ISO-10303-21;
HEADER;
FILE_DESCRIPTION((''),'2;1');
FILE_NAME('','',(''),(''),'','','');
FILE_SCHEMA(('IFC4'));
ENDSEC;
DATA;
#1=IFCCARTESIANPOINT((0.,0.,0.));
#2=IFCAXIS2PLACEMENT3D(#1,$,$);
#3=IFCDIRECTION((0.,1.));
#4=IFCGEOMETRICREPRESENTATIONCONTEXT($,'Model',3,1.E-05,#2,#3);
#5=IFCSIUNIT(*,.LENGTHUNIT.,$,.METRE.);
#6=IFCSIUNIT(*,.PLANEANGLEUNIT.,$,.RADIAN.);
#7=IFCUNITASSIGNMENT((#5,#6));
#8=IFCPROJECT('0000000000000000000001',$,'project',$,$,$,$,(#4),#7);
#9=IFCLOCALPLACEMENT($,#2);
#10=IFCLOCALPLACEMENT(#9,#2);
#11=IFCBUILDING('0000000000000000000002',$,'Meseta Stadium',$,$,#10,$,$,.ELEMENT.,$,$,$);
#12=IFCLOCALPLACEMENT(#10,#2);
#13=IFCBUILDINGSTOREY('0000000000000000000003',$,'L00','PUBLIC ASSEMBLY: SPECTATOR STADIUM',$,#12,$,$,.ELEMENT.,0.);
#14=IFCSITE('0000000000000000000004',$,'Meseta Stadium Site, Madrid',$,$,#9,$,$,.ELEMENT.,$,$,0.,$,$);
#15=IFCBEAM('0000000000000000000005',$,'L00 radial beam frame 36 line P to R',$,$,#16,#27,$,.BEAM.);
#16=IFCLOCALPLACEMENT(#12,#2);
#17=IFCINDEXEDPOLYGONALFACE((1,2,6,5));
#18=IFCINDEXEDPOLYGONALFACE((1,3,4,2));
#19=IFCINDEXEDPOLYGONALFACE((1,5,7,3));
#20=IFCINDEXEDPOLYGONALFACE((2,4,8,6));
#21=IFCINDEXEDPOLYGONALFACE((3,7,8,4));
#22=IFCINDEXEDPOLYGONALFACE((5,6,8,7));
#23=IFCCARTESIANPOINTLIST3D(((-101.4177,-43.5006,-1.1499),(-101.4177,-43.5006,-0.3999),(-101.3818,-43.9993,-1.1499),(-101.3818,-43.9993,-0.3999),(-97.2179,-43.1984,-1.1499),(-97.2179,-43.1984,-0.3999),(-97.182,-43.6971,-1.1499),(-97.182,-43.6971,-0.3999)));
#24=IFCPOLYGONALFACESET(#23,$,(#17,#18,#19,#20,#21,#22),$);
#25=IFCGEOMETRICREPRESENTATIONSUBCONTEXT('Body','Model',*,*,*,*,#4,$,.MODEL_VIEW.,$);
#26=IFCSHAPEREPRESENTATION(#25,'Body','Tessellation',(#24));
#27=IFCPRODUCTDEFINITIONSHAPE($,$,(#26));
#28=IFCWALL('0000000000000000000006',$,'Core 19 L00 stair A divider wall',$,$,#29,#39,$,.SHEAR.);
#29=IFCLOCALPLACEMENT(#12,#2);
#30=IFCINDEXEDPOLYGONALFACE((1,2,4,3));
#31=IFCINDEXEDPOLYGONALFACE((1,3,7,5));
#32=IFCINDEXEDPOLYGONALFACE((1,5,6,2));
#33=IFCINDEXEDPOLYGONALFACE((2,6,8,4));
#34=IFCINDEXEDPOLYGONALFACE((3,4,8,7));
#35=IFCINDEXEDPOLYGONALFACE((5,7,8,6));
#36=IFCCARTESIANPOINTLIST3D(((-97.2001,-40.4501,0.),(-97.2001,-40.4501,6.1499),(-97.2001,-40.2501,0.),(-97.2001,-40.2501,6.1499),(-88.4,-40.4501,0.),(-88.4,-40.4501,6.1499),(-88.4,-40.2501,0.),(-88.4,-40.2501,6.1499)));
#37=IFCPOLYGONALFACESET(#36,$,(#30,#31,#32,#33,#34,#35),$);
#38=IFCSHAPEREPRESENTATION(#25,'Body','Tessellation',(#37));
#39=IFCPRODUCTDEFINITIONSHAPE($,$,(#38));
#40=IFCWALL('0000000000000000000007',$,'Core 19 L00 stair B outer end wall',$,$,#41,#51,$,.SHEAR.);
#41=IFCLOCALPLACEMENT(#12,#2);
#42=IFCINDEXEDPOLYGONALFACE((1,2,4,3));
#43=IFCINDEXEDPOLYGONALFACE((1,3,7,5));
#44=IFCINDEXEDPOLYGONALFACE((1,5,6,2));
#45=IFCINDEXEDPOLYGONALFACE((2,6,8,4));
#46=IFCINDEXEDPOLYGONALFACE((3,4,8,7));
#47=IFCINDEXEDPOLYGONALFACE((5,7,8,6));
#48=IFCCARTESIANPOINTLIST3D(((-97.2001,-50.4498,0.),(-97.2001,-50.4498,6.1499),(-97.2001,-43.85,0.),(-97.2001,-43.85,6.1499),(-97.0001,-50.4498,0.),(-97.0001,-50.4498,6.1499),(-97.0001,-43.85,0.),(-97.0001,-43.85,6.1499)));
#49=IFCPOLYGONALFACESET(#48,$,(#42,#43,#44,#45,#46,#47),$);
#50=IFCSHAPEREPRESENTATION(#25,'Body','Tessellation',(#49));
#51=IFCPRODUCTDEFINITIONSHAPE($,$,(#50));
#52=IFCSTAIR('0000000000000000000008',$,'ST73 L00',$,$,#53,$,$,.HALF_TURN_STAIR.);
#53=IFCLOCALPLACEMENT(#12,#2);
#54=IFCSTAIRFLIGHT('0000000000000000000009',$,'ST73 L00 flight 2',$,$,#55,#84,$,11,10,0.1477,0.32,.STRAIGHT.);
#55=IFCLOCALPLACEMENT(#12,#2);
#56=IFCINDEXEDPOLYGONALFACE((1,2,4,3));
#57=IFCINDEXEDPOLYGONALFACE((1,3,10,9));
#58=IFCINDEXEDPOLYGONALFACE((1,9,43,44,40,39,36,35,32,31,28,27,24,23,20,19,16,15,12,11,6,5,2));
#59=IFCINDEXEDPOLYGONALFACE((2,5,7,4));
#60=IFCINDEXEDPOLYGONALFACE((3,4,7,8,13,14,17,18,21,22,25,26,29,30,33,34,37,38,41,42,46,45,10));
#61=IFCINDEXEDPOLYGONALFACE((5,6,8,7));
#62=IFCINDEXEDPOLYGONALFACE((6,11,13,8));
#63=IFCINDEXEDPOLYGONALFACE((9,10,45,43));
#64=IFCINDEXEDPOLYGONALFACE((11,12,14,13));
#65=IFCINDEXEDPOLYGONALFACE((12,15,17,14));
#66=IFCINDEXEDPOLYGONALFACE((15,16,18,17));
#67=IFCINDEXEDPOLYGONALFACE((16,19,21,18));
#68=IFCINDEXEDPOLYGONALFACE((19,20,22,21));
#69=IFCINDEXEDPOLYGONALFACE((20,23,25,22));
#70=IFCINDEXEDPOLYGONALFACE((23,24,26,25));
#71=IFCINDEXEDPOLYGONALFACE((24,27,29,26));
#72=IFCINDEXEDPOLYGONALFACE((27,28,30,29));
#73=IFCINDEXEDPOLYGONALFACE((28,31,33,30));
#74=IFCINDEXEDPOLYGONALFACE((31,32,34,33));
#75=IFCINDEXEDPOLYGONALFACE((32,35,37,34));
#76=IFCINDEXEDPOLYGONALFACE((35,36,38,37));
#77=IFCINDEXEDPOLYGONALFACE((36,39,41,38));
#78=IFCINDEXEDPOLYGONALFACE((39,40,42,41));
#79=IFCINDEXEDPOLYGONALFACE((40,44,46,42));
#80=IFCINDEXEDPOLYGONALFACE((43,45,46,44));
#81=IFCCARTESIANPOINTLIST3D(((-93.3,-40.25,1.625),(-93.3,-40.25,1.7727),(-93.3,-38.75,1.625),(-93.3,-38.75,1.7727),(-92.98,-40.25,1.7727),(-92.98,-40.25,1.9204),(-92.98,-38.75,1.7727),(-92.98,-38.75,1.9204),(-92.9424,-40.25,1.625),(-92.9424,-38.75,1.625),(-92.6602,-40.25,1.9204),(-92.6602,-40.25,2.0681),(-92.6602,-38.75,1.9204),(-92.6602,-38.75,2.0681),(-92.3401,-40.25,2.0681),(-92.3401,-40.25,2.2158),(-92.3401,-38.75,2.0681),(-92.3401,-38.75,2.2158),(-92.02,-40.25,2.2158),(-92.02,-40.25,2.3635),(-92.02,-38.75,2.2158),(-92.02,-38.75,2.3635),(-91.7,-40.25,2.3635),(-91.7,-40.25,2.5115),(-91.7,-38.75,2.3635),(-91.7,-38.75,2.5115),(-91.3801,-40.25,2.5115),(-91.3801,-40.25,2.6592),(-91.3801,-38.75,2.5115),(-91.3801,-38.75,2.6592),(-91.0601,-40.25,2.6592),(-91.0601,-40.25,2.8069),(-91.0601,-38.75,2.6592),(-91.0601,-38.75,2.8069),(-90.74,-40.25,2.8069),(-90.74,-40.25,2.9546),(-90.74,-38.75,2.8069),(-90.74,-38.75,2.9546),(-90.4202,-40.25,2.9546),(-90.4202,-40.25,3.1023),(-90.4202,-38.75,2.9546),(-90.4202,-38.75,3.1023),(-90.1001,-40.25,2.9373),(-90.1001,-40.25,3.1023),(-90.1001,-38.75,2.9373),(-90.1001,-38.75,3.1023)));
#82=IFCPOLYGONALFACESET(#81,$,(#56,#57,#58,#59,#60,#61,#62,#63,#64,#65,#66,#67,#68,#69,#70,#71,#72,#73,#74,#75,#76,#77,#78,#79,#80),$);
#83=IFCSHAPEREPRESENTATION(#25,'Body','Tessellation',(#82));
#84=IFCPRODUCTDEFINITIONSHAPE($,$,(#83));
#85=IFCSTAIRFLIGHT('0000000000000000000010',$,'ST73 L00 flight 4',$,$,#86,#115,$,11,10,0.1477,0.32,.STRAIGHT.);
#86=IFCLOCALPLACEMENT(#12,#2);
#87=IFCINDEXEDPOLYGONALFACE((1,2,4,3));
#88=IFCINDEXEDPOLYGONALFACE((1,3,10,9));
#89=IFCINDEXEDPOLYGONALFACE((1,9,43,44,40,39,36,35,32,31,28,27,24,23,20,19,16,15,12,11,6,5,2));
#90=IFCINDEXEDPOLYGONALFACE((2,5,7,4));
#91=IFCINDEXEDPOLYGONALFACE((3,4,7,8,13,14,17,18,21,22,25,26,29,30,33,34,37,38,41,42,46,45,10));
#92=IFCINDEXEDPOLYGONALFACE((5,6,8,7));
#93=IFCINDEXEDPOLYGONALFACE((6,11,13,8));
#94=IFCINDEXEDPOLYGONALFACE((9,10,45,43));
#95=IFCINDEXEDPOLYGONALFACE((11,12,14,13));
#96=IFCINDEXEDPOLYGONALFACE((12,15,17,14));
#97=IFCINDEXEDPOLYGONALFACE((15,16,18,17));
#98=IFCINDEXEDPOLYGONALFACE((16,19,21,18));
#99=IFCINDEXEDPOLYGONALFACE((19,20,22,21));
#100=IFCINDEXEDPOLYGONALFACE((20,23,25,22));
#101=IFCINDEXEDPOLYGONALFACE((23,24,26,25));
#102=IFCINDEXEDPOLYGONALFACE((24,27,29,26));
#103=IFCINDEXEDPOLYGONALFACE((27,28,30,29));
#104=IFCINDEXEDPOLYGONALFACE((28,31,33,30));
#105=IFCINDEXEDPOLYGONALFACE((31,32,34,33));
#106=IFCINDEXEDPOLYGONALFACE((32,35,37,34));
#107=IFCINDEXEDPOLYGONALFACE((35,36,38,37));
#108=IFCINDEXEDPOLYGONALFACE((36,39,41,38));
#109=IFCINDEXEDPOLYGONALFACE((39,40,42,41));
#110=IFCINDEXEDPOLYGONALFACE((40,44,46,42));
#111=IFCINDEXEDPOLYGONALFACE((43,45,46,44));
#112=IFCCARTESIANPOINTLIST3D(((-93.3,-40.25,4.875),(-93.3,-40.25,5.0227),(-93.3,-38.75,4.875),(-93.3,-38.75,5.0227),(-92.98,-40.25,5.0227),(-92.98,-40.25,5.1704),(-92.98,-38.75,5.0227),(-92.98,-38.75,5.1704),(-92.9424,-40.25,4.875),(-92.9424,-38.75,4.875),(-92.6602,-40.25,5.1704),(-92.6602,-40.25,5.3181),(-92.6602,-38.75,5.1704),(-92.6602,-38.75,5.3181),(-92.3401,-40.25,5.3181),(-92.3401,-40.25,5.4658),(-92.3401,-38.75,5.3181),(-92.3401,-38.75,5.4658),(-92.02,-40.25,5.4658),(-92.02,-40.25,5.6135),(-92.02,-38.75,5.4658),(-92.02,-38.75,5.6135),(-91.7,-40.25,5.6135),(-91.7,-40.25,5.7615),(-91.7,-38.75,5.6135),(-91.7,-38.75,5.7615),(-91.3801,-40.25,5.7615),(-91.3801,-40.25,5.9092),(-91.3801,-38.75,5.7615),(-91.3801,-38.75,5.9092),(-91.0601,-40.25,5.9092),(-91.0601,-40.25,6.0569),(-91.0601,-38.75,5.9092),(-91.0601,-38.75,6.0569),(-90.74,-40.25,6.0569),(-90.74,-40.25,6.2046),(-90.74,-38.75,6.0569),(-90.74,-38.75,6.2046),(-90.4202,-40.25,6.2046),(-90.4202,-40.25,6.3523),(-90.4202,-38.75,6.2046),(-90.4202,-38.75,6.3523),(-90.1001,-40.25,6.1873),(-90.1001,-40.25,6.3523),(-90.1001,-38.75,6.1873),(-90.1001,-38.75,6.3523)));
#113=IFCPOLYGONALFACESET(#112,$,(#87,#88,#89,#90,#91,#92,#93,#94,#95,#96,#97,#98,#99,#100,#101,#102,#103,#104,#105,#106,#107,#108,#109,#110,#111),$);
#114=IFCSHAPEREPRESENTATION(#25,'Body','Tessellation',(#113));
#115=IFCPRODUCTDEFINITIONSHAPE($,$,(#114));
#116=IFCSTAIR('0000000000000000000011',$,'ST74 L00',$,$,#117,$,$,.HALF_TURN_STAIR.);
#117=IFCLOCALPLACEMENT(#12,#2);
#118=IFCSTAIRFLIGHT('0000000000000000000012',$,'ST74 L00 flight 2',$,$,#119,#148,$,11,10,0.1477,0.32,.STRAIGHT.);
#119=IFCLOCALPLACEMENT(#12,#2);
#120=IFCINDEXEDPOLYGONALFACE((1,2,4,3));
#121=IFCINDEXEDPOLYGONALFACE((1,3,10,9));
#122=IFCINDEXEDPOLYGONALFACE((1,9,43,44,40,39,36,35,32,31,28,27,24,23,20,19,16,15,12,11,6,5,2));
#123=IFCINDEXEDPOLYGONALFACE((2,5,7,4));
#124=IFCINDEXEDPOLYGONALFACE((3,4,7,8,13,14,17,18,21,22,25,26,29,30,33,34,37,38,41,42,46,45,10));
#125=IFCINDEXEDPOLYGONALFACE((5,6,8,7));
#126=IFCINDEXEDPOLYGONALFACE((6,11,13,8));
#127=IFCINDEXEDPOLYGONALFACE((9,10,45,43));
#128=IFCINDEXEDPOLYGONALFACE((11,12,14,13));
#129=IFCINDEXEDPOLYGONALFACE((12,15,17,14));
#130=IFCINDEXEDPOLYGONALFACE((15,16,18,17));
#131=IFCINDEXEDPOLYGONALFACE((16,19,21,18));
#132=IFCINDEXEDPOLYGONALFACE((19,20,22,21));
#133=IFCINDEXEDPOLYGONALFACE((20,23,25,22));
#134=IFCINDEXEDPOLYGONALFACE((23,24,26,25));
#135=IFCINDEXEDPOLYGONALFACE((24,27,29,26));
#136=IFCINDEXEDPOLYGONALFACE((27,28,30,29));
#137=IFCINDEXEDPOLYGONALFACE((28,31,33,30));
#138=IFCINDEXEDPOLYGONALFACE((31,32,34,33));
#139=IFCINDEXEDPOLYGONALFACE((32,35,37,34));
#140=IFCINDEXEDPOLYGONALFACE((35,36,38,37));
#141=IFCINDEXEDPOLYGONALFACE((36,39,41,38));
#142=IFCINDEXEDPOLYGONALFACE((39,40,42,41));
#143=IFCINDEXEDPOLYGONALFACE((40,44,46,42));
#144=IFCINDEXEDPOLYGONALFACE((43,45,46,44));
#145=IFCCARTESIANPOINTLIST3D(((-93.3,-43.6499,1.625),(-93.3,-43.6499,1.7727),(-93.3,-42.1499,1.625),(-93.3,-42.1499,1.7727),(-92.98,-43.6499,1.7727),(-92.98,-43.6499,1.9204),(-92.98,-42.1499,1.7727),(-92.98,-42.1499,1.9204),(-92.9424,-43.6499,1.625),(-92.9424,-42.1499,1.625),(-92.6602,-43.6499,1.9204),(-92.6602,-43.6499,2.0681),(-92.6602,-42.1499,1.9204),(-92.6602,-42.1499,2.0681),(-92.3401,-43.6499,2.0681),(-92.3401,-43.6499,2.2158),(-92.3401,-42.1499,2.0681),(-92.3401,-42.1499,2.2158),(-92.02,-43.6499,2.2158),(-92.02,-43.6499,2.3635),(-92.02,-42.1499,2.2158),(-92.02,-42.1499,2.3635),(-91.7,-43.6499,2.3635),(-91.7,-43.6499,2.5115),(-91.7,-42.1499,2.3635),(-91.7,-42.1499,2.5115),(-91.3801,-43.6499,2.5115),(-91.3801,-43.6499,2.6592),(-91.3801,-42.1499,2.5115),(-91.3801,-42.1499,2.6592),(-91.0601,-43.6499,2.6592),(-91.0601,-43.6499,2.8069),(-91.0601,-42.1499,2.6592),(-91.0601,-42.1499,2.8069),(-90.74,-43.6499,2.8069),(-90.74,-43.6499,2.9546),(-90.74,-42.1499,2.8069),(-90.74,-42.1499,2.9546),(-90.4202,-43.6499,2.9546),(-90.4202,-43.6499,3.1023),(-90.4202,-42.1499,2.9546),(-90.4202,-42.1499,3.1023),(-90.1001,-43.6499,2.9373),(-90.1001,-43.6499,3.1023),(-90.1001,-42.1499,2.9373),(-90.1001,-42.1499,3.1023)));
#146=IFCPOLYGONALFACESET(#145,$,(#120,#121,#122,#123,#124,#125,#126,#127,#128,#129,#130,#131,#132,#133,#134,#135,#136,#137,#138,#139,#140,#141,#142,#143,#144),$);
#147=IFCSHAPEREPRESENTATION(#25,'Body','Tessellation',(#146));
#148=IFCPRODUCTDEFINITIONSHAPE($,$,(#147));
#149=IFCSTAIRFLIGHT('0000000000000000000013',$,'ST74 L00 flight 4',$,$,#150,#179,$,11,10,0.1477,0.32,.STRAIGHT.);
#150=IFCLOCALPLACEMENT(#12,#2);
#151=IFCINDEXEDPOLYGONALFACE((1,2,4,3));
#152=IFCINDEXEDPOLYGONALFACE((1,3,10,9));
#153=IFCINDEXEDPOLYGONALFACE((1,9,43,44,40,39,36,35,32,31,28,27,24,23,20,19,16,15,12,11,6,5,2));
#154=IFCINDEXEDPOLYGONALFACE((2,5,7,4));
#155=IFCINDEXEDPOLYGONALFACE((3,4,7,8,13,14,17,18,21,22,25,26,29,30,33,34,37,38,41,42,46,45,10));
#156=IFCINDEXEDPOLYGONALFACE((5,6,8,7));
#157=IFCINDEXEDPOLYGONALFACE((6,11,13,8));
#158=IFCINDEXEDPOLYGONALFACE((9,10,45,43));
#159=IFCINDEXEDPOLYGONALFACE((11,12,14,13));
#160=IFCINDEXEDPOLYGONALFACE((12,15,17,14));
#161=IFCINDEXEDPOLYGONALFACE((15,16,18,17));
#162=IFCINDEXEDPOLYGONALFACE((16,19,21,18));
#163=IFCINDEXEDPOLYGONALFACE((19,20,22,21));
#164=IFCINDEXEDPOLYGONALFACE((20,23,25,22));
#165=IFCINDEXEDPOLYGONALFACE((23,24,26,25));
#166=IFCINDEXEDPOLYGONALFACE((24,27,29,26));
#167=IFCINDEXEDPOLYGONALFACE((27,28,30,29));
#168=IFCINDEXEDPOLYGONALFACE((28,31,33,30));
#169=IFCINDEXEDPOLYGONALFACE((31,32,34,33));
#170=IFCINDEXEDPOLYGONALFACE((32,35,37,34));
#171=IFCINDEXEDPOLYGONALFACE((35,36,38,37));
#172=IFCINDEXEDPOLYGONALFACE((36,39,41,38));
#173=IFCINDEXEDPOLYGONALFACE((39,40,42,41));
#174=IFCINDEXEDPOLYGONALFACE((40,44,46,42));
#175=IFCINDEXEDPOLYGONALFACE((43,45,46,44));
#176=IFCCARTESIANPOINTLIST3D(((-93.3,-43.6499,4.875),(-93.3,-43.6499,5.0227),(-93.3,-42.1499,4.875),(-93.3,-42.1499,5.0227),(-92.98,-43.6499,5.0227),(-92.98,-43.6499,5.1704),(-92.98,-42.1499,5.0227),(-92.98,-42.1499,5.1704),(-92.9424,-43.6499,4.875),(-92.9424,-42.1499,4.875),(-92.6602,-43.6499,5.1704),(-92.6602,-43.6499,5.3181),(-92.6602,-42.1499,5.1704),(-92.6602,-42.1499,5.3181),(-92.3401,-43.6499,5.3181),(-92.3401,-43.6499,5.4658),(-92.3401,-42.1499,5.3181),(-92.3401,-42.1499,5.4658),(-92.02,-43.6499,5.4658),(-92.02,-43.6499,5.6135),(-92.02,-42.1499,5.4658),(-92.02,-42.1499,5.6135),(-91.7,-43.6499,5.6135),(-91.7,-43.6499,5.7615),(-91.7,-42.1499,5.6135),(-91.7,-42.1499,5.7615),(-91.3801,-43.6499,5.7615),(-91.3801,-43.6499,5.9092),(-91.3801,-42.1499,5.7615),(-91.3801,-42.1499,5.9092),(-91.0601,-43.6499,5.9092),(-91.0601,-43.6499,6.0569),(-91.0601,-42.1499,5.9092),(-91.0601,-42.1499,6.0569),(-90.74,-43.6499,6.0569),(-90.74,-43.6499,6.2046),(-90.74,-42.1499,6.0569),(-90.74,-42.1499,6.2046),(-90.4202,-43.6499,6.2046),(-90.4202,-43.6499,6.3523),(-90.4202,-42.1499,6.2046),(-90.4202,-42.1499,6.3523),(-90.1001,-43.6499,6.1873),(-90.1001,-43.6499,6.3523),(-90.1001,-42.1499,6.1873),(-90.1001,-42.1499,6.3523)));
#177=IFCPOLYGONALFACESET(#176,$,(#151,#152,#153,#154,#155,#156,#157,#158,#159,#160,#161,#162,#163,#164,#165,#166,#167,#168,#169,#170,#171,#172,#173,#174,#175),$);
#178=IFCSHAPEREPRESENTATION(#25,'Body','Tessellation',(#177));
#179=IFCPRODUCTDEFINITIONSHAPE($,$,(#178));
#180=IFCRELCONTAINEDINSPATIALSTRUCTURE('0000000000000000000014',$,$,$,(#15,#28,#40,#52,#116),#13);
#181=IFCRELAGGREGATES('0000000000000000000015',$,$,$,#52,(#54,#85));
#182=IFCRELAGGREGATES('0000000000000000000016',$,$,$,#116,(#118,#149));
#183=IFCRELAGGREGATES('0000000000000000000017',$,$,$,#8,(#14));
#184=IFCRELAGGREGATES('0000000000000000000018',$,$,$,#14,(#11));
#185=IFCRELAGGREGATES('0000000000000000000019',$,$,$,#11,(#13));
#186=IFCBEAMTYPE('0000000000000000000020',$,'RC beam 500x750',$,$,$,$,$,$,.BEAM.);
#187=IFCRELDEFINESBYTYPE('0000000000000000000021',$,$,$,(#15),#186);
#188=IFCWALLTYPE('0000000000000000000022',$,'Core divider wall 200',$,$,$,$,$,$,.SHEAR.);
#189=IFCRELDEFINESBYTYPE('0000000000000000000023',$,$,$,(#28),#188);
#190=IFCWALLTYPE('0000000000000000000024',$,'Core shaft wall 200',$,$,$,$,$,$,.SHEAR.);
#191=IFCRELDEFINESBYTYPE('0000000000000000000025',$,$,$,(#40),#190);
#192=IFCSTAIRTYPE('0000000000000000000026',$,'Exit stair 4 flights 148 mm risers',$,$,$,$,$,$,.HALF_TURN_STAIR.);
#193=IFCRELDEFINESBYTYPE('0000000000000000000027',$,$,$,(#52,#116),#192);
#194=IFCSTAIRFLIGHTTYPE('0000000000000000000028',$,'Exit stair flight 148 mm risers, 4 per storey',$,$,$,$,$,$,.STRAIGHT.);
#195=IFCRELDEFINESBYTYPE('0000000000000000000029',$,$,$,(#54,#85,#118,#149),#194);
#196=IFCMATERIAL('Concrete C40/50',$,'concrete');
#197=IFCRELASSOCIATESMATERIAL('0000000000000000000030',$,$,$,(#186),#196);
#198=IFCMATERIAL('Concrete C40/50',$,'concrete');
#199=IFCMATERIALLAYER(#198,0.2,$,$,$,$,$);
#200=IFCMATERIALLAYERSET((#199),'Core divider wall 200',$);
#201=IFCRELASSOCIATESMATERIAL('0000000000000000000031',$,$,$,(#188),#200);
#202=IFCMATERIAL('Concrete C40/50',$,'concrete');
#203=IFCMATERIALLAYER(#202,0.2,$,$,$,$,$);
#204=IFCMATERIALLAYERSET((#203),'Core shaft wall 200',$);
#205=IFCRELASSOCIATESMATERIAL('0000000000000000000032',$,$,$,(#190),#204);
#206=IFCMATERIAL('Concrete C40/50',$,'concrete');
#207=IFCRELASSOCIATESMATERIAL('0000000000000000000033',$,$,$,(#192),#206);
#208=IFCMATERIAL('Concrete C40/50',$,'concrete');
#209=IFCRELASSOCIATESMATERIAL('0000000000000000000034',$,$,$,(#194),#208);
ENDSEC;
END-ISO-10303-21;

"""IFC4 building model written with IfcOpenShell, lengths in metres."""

from ifc_helpers import new_model, si_unit, direction, frame, frame_2d, origin, origin_2d, place, context, subcontext, project, spatial, polyline, rectangle, outline, extrude, material, layer, layer_set, material_profile, profile_set, type_object, element, aggregate, save


model = new_model("IFC4")

# Units and contexts
model_context = context("Model", 3, precision=1e-05, world=origin(), true_north=direction((0.0, 1.0)))
body_context = subcontext(model_context, "Body", "Model", "MODEL_VIEW")
ifc_project = project(units=[si_unit("LENGTHUNIT", "METRE"), si_unit("PLANEANGLEUNIT", "RADIAN")], contexts=[model_context])

# Site, building, storey
site_placement = place(None, origin())
site = spatial("IfcSite", under=ifc_project, at=site_placement, Name="Meseta Stadium Site, Madrid", CompositionType="ELEMENT", RefElevation=0.0)
building_placement = place(site_placement, origin())
building = spatial("IfcBuilding", under=site, at=building_placement, Name="Meseta Stadium", CompositionType="ELEMENT")
storey_placement = place(building_placement, origin())
storey = spatial("IfcBuildingStorey", under=building, at=storey_placement, Name="L00", Description="PUBLIC ASSEMBLY: SPECTATOR STADIUM", CompositionType="ELEMENT", Elevation=0.0)

# Beam
ifc_material_1 = material(Name="Concrete C40/50", Category="concrete")
ifc_material_profile = material_profile(ifc_material_1, rectangle(XDim=0.5, YDim=0.75, at=origin_2d()), Name="RC 500x750")
ifc_profile_set = profile_set([ifc_material_profile], Name="Concrete C40/50")
beam_type = type_object("IfcBeamType", Name="RC beam 500x750", PredefinedType="BEAM", material=ifc_profile_set)
beam_placement = place(storey_placement, frame((-97.2, -43.4478, -0.7749), z_axis=(-0.997421, -0.071779, 0.0), x_axis=(0.071779, -0.997421, 0.0)))
element("IfcBeam", 1, at=beam_placement, inside=storey, type_object=beam_type, Name="L00 radial beam frame 36 line P to R", PredefinedType="BEAM", context=body_context, shape_type="SweptSolid", body=[
    extrude(rectangle(XDim=0.5, YDim=0.75, at=origin_2d()), origin(), (0.0, 0.0, 1.0), 4.2107),
])

# Walls
ifc_material_2 = material(Name="Concrete C40/50", Category="concrete")
ifc_layer_1 = layer(ifc_material_2, 0.2)
ifc_layer_set_1 = layer_set([ifc_layer_1], Name="Core divider wall 200")
wall_type_1 = type_object("IfcWallType", Name="Core divider wall 200", PredefinedType="SHEAR", material=ifc_layer_set_1)
wall_1_placement = place(storey_placement, frame((-97.2, -40.3501, 0.0), z_axis=(0.0, 0.0, 1.0), x_axis=(1.0, 0.0, 0.0)))
element("IfcWall", 2, at=wall_1_placement, inside=storey, type_object=wall_type_1, Name="Core 19 L00 stair A divider wall", PredefinedType="SHEAR", context=body_context, shape_type="SweptSolid", body=[
    extrude(rectangle(XDim=8.8, YDim=0.2, at=frame_2d((4.3999, 0.0))), origin(), (0.0, 0.0, 1.0), 6.1499),
])
ifc_material_3 = material(Name="Concrete C40/50", Category="concrete")
ifc_layer_2 = layer(ifc_material_3, 0.2)
ifc_layer_set_2 = layer_set([ifc_layer_2], Name="Core shaft wall 200")
wall_type_2 = type_object("IfcWallType", Name="Core shaft wall 200", PredefinedType="SHEAR", material=ifc_layer_set_2)
wall_2_placement = place(storey_placement, frame((-97.1001, -43.8501, 0.0), z_axis=(0.0, 0.0, 1.0), x_axis=(0.0, -1.0, 0.0)))
element("IfcWall", 3, at=wall_2_placement, inside=storey, type_object=wall_type_2, Name="Core 19 L00 stair B outer end wall", PredefinedType="SHEAR", context=body_context, shape_type="SweptSolid", body=[
    extrude(rectangle(XDim=6.5999, YDim=0.2, at=frame_2d((3.2998, 0.0))), origin(), (0.0, 0.0, 1.0), 6.1499),
])

# Stairs, stair flights
ifc_material_4 = material(Name="Concrete C40/50", Category="concrete")
stair_type = type_object("IfcStairType", Name="Exit stair 4 flights 148 mm risers", PredefinedType="HALF_TURN_STAIR", material=ifc_material_4)
stair_1_placement = place(storey_placement, origin())
stair_1 = element("IfcStair", 4, at=stair_1_placement, inside=storey, type_object=stair_type, Name="ST73 L00", PredefinedType="HALF_TURN_STAIR")
ifc_material_5 = material(Name="Concrete C40/50", Category="concrete")
stair_flight_type = type_object("IfcStairFlightType", Name="Exit stair flight 148 mm risers, 4 per storey", PredefinedType="STRAIGHT", material=ifc_material_5)
stair_flight_1_placement = place(storey_placement, frame((-93.3, -39.5, 1.625), z_axis=(0.0, 0.0, 1.0), x_axis=(1.0, 0.0, 0.0)))
stair_flight_1 = element("IfcStairFlight", 5, at=stair_flight_1_placement, type_object=stair_flight_type, Name="ST73 L00 flight 2", NumberOfRisers=11, NumberOfTreads=10, PredefinedType="STRAIGHT", RiserHeight=0.1477, TreadLength=0.32, context=body_context, shape_type="SweptSolid", body=[
    extrude(outline(polyline([(0.0, 0.0), (0.0, 0.1477), (0.3201, 0.1477), (0.3201, 0.2954), (0.6399, 0.2954), (0.6399, 0.4431), (0.96, 0.4431), (0.96, 0.5908), (1.28, 0.5908), (1.28, 0.7385), (1.6001, 0.7385), (1.6001, 0.8865), (1.9199, 0.8865), (1.9199, 1.0342), (2.24, 1.0342), (2.24, 1.1819), (2.5601, 1.1819), (2.5601, 1.3296), (2.8799, 1.3296), (2.8799, 1.4773), (3.2, 1.4773), (3.2, 1.3123), (0.3577, 0.0), (0.0, 0.0)])), frame((0.0, 0.75, 0.0), z_axis=(0.0, -1.0, 0.0), x_axis=(1.0, 0.0, 0.0)), (0.0, 0.0, 1.0), 1.5),
])
stair_flight_2_placement = place(storey_placement, frame((-93.3, -39.5, 4.875), z_axis=(0.0, 0.0, 1.0), x_axis=(1.0, 0.0, 0.0)))
stair_flight_2 = element("IfcStairFlight", 6, at=stair_flight_2_placement, type_object=stair_flight_type, Name="ST73 L00 flight 4", NumberOfRisers=11, NumberOfTreads=10, PredefinedType="STRAIGHT", RiserHeight=0.1477, TreadLength=0.32, context=body_context, shape_type="SweptSolid", body=[
    extrude(outline(polyline([(0.0, 0.0), (0.0, 0.1477), (0.3201, 0.1477), (0.3201, 0.2954), (0.6399, 0.2954), (0.6399, 0.4431), (0.96, 0.4431), (0.96, 0.5908), (1.28, 0.5908), (1.28, 0.7385), (1.6001, 0.7385), (1.6001, 0.8865), (1.9199, 0.8865), (1.9199, 1.0342), (2.24, 1.0342), (2.24, 1.1819), (2.5601, 1.1819), (2.5601, 1.3296), (2.8799, 1.3296), (2.8799, 1.4773), (3.2, 1.4773), (3.2, 1.3123), (0.3577, 0.0), (0.0, 0.0)])), frame((0.0, 0.75, 0.0), z_axis=(0.0, -1.0, 0.0), x_axis=(1.0, 0.0, 0.0)), (0.0, 0.0, 1.0), 1.5),
])
aggregate(stair_1, [stair_flight_1, stair_flight_2])
stair_2_placement = place(storey_placement, origin())
stair_2 = element("IfcStair", 7, at=stair_2_placement, inside=storey, type_object=stair_type, Name="ST74 L00", PredefinedType="HALF_TURN_STAIR")
stair_flight_3_placement = place(storey_placement, frame((-93.3, -42.8999, 1.625), z_axis=(0.0, 0.0, 1.0), x_axis=(1.0, 0.0, 0.0)))
stair_flight_3 = element("IfcStairFlight", 8, at=stair_flight_3_placement, type_object=stair_flight_type, Name="ST74 L00 flight 2", NumberOfRisers=11, NumberOfTreads=10, PredefinedType="STRAIGHT", RiserHeight=0.1477, TreadLength=0.32, context=body_context, shape_type="SweptSolid", body=[
    extrude(outline(polyline([(0.0, 0.0), (0.0, 0.1477), (0.3201, 0.1477), (0.3201, 0.2954), (0.6399, 0.2954), (0.6399, 0.4431), (0.96, 0.4431), (0.96, 0.5908), (1.28, 0.5908), (1.28, 0.7385), (1.6001, 0.7385), (1.6001, 0.8865), (1.9199, 0.8865), (1.9199, 1.0342), (2.24, 1.0342), (2.24, 1.1819), (2.5601, 1.1819), (2.5601, 1.3296), (2.8799, 1.3296), (2.8799, 1.4773), (3.2, 1.4773), (3.2, 1.3123), (0.3577, 0.0), (0.0, 0.0)])), frame((0.0, 0.75, 0.0), z_axis=(0.0, -1.0, 0.0), x_axis=(1.0, 0.0, 0.0)), (0.0, 0.0, 1.0), 1.5),
])
stair_flight_4_placement = place(storey_placement, frame((-93.3, -42.8999, 4.875), z_axis=(0.0, 0.0, 1.0), x_axis=(1.0, 0.0, 0.0)))
stair_flight_4 = element("IfcStairFlight", 9, at=stair_flight_4_placement, type_object=stair_flight_type, Name="ST74 L00 flight 4", NumberOfRisers=11, NumberOfTreads=10, PredefinedType="STRAIGHT", RiserHeight=0.1477, TreadLength=0.32, context=body_context, shape_type="SweptSolid", body=[
    extrude(outline(polyline([(0.0, 0.0), (0.0, 0.1477), (0.3201, 0.1477), (0.3201, 0.2954), (0.6399, 0.2954), (0.6399, 0.4431), (0.96, 0.4431), (0.96, 0.5908), (1.28, 0.5908), (1.28, 0.7385), (1.6001, 0.7385), (1.6001, 0.8865), (1.9199, 0.8865), (1.9199, 1.0342), (2.24, 1.0342), (2.24, 1.1819), (2.5601, 1.1819), (2.5601, 1.3296), (2.8799, 1.3296), (2.8799, 1.4773), (3.2, 1.4773), (3.2, 1.3123), (0.3577, 0.0), (0.0, 0.0)])), frame((0.0, 0.75, 0.0), z_axis=(0.0, -1.0, 0.0), x_axis=(1.0, 0.0, 0.0)), (0.0, 0.0, 1.0), 1.5),
])
aggregate(stair_2, [stair_flight_3, stair_flight_4])

save(model, "model.ifc")
